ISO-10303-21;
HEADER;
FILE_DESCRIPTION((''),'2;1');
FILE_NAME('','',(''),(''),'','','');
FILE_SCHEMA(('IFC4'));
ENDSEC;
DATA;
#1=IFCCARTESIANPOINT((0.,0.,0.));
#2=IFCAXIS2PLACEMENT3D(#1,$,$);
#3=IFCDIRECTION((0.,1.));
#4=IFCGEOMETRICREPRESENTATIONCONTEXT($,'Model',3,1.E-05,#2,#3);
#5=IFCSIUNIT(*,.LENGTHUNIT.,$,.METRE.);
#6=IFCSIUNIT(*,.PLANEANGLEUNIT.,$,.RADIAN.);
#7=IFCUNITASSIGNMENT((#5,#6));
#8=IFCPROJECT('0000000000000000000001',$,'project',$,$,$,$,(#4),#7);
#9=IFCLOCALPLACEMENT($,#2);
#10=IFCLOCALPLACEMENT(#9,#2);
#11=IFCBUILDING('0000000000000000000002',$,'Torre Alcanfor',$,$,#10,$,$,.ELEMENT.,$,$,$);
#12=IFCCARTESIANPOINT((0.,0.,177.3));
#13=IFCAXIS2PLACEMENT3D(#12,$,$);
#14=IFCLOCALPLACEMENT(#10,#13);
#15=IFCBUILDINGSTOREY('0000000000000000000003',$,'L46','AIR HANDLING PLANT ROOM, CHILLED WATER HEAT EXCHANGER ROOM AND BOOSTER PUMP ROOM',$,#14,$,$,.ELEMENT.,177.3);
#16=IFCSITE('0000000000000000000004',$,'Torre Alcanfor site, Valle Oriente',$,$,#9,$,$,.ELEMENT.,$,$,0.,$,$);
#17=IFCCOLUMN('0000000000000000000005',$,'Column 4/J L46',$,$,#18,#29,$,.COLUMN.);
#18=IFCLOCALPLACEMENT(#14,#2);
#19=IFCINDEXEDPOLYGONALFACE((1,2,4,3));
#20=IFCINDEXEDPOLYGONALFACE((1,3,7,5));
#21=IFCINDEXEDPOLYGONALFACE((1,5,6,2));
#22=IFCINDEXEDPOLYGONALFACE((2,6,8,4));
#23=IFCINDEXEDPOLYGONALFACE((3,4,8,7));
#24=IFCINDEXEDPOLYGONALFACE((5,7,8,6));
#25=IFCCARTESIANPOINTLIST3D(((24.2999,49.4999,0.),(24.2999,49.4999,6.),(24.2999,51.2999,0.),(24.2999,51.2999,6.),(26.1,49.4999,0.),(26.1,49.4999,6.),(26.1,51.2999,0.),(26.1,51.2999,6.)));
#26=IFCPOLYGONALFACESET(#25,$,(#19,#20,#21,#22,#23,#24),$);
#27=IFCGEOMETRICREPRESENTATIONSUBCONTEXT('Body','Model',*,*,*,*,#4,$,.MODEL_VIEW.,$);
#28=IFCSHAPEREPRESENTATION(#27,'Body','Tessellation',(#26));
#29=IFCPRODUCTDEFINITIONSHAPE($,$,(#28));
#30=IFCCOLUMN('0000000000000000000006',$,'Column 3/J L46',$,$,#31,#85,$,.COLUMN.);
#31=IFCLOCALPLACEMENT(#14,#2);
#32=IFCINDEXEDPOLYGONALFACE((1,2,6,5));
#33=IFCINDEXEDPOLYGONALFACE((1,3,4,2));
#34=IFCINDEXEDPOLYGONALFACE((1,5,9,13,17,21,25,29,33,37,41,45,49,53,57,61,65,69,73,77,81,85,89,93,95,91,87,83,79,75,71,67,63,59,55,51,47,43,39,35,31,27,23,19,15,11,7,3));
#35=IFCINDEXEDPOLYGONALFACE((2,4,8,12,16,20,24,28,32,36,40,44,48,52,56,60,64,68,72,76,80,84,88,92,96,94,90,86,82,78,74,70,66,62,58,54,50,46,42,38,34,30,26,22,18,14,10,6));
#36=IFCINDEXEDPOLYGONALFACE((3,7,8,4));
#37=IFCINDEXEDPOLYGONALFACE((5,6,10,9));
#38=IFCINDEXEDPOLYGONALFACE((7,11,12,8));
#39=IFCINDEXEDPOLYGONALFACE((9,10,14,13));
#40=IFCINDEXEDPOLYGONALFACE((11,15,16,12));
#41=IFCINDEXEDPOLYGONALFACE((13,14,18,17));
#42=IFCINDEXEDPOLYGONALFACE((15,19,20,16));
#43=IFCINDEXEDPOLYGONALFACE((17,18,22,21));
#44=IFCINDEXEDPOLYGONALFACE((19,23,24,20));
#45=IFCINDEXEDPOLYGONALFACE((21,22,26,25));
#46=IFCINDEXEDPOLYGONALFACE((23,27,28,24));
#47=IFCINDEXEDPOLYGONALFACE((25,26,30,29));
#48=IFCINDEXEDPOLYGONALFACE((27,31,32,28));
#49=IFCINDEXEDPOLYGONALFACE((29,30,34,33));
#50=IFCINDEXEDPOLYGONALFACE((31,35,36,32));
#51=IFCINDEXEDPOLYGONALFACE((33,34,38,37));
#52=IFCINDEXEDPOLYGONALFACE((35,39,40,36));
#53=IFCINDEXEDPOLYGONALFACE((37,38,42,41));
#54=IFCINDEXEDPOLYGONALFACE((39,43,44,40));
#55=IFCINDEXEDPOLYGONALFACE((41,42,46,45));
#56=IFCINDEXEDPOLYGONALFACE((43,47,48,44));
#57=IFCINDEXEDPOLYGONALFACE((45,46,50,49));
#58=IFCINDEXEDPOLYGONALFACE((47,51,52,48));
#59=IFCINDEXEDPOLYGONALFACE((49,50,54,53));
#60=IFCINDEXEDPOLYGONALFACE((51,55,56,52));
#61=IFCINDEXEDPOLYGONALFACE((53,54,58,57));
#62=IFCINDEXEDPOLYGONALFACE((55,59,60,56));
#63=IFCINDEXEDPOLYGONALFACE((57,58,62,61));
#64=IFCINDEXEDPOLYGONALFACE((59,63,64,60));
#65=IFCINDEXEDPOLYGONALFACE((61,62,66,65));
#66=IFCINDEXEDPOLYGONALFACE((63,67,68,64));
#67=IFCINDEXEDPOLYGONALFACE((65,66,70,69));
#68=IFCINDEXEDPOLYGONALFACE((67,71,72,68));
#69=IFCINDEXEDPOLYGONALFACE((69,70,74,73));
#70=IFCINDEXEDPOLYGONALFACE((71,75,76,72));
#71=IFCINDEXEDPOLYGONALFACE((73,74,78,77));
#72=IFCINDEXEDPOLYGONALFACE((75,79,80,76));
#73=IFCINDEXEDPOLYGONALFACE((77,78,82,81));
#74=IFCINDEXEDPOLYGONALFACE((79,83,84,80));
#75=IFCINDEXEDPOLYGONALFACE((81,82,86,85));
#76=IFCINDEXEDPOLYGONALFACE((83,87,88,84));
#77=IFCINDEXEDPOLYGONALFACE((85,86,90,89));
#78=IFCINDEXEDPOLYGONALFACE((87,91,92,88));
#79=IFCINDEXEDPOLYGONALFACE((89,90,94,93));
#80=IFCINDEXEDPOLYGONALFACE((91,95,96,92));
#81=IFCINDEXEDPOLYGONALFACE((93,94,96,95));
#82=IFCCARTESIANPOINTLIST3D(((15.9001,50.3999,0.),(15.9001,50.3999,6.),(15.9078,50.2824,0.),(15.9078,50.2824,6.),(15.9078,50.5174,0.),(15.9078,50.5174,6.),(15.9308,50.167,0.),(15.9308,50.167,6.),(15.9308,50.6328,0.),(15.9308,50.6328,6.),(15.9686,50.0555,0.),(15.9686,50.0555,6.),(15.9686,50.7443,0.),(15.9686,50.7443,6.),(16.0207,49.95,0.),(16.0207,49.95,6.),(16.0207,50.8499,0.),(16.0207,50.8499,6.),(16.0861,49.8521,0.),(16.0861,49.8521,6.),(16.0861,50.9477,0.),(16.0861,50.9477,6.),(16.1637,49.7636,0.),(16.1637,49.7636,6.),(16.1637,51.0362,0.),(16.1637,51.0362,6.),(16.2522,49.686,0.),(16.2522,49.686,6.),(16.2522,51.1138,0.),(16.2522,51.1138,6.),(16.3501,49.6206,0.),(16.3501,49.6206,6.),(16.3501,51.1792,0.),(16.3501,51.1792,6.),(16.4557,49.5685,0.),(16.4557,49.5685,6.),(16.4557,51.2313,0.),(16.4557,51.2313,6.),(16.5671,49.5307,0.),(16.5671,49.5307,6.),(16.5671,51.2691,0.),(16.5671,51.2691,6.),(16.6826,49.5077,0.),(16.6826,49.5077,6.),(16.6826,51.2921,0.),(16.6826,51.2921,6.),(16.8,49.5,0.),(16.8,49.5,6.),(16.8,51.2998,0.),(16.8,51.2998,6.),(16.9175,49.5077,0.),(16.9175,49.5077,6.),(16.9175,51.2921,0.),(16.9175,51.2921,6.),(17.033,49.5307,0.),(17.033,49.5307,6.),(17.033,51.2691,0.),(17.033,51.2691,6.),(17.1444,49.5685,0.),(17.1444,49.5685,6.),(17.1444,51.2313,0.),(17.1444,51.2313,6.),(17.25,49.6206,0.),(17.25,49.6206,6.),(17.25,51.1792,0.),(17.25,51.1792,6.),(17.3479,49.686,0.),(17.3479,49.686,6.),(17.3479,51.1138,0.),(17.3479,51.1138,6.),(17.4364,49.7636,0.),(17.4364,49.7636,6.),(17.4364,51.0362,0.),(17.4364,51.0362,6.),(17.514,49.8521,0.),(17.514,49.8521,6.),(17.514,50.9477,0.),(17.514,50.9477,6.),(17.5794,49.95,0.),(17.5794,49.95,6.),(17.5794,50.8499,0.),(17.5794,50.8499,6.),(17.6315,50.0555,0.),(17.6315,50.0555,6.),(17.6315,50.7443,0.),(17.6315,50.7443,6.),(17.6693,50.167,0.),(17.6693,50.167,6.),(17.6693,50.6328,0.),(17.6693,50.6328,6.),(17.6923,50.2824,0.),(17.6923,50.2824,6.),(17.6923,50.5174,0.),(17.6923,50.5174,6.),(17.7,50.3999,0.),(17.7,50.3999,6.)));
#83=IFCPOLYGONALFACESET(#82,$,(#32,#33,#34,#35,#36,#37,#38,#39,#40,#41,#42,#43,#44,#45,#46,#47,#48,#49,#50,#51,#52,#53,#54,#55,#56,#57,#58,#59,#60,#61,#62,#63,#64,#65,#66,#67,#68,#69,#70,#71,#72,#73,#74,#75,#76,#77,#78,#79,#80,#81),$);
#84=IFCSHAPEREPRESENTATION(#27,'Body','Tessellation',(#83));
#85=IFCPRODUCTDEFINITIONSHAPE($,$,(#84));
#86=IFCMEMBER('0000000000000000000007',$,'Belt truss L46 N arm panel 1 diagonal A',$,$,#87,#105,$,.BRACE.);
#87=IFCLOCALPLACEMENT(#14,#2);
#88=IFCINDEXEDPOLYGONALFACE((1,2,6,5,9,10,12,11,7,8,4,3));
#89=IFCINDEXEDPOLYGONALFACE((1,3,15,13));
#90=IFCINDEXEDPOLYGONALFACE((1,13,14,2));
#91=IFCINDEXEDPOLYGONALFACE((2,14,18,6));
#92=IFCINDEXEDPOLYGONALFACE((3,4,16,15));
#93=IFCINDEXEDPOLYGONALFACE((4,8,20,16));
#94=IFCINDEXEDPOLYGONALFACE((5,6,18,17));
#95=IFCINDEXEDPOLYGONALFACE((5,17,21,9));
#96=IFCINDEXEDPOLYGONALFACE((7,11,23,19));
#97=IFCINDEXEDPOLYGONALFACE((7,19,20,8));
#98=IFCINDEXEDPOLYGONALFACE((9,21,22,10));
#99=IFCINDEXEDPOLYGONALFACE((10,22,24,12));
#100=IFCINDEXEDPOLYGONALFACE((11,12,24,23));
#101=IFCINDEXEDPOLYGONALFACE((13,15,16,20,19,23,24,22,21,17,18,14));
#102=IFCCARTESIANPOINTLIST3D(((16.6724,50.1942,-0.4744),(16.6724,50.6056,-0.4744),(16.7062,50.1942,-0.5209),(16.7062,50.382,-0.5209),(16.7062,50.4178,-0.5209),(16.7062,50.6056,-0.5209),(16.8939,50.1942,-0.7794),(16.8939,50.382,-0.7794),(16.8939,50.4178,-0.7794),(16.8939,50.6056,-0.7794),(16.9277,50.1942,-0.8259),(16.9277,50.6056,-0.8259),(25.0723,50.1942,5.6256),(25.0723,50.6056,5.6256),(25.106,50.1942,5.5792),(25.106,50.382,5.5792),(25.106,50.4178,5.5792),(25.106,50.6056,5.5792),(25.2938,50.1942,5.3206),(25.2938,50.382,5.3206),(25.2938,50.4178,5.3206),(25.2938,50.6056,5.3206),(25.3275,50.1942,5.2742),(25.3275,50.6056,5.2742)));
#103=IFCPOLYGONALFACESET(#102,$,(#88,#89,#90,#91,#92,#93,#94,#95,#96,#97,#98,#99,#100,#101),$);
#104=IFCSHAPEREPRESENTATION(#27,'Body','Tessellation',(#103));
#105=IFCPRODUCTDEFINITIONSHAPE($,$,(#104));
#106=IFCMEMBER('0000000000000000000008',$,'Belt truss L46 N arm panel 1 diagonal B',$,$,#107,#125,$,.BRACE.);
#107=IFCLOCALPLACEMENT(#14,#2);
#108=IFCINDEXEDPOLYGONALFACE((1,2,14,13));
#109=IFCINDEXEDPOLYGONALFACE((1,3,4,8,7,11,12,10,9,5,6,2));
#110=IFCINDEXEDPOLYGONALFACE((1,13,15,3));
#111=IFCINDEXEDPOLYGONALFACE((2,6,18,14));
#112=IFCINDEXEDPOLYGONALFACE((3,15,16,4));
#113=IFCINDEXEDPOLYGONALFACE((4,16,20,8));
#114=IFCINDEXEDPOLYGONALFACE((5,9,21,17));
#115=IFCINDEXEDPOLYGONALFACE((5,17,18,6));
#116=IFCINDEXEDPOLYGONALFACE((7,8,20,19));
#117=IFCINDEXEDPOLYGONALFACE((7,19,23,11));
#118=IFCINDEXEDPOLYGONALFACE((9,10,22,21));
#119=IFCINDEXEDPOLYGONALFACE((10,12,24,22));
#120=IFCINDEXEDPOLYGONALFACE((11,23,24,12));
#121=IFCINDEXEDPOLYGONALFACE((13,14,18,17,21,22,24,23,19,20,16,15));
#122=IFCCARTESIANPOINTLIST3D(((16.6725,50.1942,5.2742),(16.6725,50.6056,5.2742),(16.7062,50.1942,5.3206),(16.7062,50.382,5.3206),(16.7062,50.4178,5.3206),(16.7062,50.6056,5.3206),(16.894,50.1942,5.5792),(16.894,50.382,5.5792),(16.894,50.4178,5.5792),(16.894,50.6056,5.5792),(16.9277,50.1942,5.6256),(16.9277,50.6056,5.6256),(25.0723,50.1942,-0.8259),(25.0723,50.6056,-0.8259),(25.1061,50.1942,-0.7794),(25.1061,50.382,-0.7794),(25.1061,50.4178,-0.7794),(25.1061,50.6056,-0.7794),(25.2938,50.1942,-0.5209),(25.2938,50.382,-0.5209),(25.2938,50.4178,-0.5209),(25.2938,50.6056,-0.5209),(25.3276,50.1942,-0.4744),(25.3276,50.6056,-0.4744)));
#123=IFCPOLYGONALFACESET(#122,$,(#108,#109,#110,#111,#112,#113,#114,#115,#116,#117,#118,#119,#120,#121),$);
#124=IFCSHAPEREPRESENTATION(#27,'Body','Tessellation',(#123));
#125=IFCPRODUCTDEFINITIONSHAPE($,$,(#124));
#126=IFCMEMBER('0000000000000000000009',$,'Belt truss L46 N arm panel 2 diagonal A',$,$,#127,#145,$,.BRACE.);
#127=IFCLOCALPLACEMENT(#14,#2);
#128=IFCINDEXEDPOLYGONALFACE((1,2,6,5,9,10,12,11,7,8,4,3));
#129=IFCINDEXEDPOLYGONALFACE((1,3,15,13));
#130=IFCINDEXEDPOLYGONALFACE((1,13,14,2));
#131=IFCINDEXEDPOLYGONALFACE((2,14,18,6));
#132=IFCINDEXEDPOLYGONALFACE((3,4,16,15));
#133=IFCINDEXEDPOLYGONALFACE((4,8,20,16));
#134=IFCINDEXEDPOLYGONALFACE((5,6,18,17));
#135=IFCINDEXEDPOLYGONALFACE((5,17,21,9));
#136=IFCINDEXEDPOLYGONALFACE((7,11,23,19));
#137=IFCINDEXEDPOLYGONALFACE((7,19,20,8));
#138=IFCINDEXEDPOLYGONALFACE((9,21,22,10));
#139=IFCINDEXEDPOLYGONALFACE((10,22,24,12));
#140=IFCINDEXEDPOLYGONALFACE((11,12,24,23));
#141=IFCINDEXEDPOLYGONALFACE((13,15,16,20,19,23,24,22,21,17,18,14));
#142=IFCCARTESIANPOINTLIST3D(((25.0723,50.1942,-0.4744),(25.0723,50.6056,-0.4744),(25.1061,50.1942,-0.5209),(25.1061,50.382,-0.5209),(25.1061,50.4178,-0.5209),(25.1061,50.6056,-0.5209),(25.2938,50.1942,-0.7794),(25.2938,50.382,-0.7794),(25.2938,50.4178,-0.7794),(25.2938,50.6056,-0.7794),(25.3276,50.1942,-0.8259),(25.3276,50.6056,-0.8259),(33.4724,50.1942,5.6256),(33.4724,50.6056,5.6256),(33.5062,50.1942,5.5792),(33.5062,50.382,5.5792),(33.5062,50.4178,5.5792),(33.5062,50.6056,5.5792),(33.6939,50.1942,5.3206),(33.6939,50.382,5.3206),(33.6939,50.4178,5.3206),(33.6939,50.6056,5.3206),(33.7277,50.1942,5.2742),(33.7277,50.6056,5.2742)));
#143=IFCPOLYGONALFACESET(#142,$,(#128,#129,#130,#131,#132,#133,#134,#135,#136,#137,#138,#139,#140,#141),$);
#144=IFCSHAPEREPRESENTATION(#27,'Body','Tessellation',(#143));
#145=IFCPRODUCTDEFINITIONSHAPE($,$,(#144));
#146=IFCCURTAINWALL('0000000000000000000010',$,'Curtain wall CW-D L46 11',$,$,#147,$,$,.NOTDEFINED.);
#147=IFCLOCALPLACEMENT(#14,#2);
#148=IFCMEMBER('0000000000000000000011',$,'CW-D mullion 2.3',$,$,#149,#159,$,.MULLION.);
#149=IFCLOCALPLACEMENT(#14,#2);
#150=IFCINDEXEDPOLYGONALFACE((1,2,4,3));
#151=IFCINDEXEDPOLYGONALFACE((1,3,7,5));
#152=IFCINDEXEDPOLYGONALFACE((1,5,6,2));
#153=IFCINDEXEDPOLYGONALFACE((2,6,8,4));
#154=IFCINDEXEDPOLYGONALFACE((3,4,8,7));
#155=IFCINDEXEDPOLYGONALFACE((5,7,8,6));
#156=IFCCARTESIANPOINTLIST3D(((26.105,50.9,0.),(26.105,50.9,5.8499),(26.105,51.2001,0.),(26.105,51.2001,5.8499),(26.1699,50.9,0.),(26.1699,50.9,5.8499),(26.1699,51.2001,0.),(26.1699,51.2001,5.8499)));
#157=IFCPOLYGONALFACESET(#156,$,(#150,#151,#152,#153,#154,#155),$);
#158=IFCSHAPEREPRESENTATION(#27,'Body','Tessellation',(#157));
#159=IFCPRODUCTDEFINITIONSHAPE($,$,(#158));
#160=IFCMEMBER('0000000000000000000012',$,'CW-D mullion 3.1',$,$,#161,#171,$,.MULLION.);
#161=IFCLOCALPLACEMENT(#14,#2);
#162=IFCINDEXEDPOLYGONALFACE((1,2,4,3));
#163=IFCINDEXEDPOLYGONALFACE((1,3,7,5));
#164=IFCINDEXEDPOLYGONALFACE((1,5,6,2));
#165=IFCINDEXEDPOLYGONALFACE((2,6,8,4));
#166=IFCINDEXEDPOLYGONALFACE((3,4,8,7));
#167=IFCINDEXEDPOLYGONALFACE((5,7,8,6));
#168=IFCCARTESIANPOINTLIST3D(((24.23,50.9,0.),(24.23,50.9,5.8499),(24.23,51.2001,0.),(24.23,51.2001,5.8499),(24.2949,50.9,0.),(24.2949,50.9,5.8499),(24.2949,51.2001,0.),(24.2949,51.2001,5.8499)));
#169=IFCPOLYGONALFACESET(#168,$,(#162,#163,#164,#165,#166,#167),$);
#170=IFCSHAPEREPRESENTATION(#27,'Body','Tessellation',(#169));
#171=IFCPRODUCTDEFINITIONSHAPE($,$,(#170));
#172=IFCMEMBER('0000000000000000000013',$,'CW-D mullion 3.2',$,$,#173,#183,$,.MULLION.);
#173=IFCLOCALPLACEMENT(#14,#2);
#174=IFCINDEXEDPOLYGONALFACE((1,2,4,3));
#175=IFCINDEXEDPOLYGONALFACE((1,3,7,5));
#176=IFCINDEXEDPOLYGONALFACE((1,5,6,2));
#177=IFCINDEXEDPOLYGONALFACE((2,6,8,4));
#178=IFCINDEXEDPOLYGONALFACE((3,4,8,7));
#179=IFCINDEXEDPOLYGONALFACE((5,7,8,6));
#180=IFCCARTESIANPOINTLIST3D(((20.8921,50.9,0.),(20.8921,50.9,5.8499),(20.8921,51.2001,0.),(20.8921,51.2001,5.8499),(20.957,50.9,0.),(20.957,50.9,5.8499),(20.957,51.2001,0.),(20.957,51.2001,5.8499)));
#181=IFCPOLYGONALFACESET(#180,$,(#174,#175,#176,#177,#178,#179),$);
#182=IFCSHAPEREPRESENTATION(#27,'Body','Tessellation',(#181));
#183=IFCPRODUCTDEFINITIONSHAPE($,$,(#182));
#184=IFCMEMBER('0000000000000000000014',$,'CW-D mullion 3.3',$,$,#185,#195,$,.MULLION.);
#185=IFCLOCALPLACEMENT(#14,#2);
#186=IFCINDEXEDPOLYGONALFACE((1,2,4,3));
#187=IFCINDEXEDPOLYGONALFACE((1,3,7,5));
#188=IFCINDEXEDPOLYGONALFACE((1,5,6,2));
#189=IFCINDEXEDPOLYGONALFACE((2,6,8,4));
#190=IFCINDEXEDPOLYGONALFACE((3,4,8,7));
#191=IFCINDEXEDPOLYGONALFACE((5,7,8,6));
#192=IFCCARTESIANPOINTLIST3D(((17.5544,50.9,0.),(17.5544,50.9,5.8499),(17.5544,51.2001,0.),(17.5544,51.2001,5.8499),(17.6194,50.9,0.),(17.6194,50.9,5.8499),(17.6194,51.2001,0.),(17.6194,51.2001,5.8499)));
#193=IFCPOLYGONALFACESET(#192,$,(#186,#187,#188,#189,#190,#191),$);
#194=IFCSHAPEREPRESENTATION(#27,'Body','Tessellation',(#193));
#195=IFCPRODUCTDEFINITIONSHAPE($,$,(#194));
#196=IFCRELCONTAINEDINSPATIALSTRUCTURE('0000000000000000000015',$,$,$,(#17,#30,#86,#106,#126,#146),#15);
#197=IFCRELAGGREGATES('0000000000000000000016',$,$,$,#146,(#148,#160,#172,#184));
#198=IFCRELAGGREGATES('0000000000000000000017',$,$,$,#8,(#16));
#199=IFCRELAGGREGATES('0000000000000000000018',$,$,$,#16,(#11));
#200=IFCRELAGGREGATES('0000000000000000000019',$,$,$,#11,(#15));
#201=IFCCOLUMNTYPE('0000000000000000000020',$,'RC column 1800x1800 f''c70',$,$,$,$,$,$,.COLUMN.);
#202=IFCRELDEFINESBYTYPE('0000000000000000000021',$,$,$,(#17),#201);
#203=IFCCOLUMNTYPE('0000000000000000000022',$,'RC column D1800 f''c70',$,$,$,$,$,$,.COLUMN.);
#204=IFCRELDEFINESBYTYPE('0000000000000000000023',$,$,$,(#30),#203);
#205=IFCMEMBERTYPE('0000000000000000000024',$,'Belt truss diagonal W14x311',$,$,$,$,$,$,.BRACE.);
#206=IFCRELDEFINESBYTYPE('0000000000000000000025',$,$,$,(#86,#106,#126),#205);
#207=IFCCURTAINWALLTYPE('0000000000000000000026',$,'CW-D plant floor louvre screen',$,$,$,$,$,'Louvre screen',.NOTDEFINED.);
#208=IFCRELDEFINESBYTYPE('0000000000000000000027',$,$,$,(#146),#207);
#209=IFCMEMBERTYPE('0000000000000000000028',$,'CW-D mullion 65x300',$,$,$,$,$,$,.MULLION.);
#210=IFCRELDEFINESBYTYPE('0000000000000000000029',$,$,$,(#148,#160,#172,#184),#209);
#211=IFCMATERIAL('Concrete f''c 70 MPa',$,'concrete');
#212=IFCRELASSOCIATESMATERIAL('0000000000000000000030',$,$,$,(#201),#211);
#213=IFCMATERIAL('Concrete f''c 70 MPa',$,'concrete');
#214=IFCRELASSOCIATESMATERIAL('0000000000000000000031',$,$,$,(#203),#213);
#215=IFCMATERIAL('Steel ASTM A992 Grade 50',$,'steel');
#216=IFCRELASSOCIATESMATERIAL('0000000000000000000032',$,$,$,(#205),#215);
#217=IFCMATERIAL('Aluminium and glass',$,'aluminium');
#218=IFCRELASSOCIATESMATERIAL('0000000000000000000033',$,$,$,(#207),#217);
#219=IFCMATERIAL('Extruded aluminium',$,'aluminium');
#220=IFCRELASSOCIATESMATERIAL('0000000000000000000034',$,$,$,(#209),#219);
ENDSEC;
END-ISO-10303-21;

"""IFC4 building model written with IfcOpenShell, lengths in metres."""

from ifc_helpers import new_model, si_unit, direction, frame, origin, origin_2d, place, context, subcontext, project, spatial, rectangle, circle, i_section, extrude, material, material_profile, profile_set, type_object, element, aggregate, save


model = new_model("IFC4")

# Units and contexts
model_context = context("Model", 3, precision=1e-05, world=origin(), true_north=direction((0.0, 1.0)))
body_context = subcontext(model_context, "Body", "Model", "MODEL_VIEW")
ifc_project = project(units=[si_unit("LENGTHUNIT", "METRE"), si_unit("PLANEANGLEUNIT", "RADIAN")], contexts=[model_context])

# Site, building, storey
site_placement = place(None, origin())
site = spatial("IfcSite", under=ifc_project, at=site_placement, Name="Torre Alcanfor site, Valle Oriente", CompositionType="ELEMENT", RefElevation=0.0)
building_placement = place(site_placement, origin())
building = spatial("IfcBuilding", under=site, at=building_placement, Name="Torre Alcanfor", CompositionType="ELEMENT")
storey_placement = place(building_placement, frame((0.0, 0.0, 177.3)))
storey = spatial("IfcBuildingStorey", under=building, at=storey_placement, Name="L46", Description="AIR HANDLING PLANT ROOM, CHILLED WATER HEAT EXCHANGER ROOM AND BOOSTER PUMP ROOM", CompositionType="ELEMENT", Elevation=177.3)

# Columns
ifc_material_1 = material(Name="Concrete f'c 70 MPa", Category="concrete")
ifc_material_profile_1 = material_profile(ifc_material_1, rectangle(XDim=1.8, YDim=1.8, at=origin_2d()), Name="1800x1800")
ifc_profile_set_1 = profile_set([ifc_material_profile_1], Name="Concrete f'c 70 MPa")
column_type_1 = type_object("IfcColumnType", Name="RC column 1800x1800 f'c70", PredefinedType="COLUMN", material=ifc_profile_set_1)
column_1_placement = place(storey_placement, frame((25.2, 50.3999, 0.0), z_axis=(0.0, 0.0, 1.0), x_axis=(1.0, 0.0, 0.0)))
element("IfcColumn", 1, at=column_1_placement, inside=storey, type_object=column_type_1, Name="Column 4/J L46", PredefinedType="COLUMN", context=body_context, shape_type="SweptSolid", body=[
    extrude(rectangle(XDim=1.8, YDim=1.8, at=origin_2d()), origin(), (0.0, 0.0, 1.0), 6.0),
])
ifc_material_2 = material(Name="Concrete f'c 70 MPa", Category="concrete")
ifc_material_profile_2 = material_profile(ifc_material_2, circle(Radius=0.8999, at=origin_2d()), Name="D1800")
ifc_profile_set_2 = profile_set([ifc_material_profile_2], Name="Concrete f'c 70 MPa")
column_type_2 = type_object("IfcColumnType", Name="RC column D1800 f'c70", PredefinedType="COLUMN", material=ifc_profile_set_2)
column_2_placement = place(storey_placement, frame((16.8, 50.3999, 0.0), z_axis=(0.0, 0.0, 1.0), x_axis=(1.0, 0.0, 0.0)))
element("IfcColumn", 2, at=column_2_placement, inside=storey, type_object=column_type_2, Name="Column 3/J L46", PredefinedType="COLUMN", context=body_context, shape_type="SweptSolid", body=[
    extrude(circle(Radius=0.8999, at=origin_2d()), origin(), (0.0, 0.0, 1.0), 6.0),
])

# Members
ifc_material_3 = material(Name="Steel ASTM A992 Grade 50", Category="steel")
ifc_material_profile_3 = material_profile(ifc_material_3, i_section(OverallWidth=0.4114, OverallDepth=0.4343, WebThickness=0.0359, FlangeThickness=0.0574, at=origin_2d()), Name="W14x311")
ifc_profile_set_3 = profile_set([ifc_material_profile_3], Name="Steel ASTM A992 Grade 50")
member_type_1 = type_object("IfcMemberType", Name="Belt truss diagonal W14x311", PredefinedType="BRACE", material=ifc_profile_set_3)
for number, where, z_axis, x_axis, name in (
    (3, (16.8, 50.3999, -0.6501), (0.809145, 0.0, 0.587609), (0.0, 1.0, 0.0), "Belt truss L46 N arm panel 1 diagonal A"),
    (4, (25.2, 50.3999, -0.6501), (-0.809145, 0.0, 0.587609), (0.0, -1.0, 0.0), "Belt truss L46 N arm panel 1 diagonal B"),
):
    element("IfcMember", number, at=place(storey_placement, frame(where, z_axis=z_axis, x_axis=x_axis)), inside=storey, type_object=member_type_1, Name=name, PredefinedType="BRACE", context=body_context, shape_type="SweptSolid", body=[
        extrude(i_section(OverallWidth=0.4114, OverallDepth=0.4343, WebThickness=0.0359, FlangeThickness=0.0574, at=origin_2d()), origin(), (0.0, 0.0, 1.0), 10.3811),
    ])
member_1_placement = place(storey_placement, frame((25.2, 50.3999, -0.6501), z_axis=(0.809153, 0.0, 0.587598), x_axis=(0.0, 1.0, 0.0)))
element("IfcMember", 5, at=member_1_placement, inside=storey, type_object=member_type_1, Name="Belt truss L46 N arm panel 2 diagonal A", PredefinedType="BRACE", context=body_context, shape_type="SweptSolid", body=[
    extrude(i_section(OverallWidth=0.4114, OverallDepth=0.4343, WebThickness=0.0359, FlangeThickness=0.0574, at=origin_2d()), origin(), (0.0, 0.0, 1.0), 10.3813),
])

# Curtain wall, members
ifc_material_4 = material(Name="Aluminium and glass", Category="aluminium")
curtain_wall_type = type_object("IfcCurtainWallType", Name="CW-D plant floor louvre screen", ElementType="Louvre screen", PredefinedType="NOTDEFINED", material=ifc_material_4)
curtain_wall_placement = place(storey_placement, origin())
curtain_wall = element("IfcCurtainWall", 6, at=curtain_wall_placement, inside=storey, type_object=curtain_wall_type, Name="Curtain wall CW-D L46 11", PredefinedType="NOTDEFINED")
ifc_material_5 = material(Name="Extruded aluminium", Category="aluminium")
ifc_material_profile_4 = material_profile(ifc_material_5, rectangle(XDim=0.3, YDim=0.0649, at=origin_2d()), Name="CW-D mullion 65x300")
ifc_profile_set_4 = profile_set([ifc_material_profile_4], Name="Extruded aluminium")
member_type_2 = type_object("IfcMemberType", Name="CW-D mullion 65x300", PredefinedType="MULLION", material=ifc_profile_set_4)
member_2_placement = place(storey_placement, frame((26.1375, 51.05, 0.0), z_axis=(0.0, 0.0, 1.0), x_axis=(0.0, -1.0, 0.0)))
member_2 = element("IfcMember", 7, at=member_2_placement, type_object=member_type_2, Name="CW-D mullion 2.3", PredefinedType="MULLION", context=body_context, shape_type="SweptSolid", body=[
    extrude(rectangle(XDim=0.3, YDim=0.0649, at=origin_2d()), origin(), (0.0, 0.0, 1.0), 5.8499),
])
member_3_placement = place(storey_placement, frame((24.2625, 51.05, 0.0), z_axis=(0.0, 0.0, 1.0), x_axis=(0.0, -1.0, 0.0)))
member_3 = element("IfcMember", 8, at=member_3_placement, type_object=member_type_2, Name="CW-D mullion 3.1", PredefinedType="MULLION", context=body_context, shape_type="SweptSolid", body=[
    extrude(rectangle(XDim=0.3, YDim=0.0649, at=origin_2d()), origin(), (0.0, 0.0, 1.0), 5.8499),
])
member_4_placement = place(storey_placement, frame((20.9246, 51.05, 0.0), z_axis=(0.0, 0.0, 1.0), x_axis=(0.0, -1.0, 0.0)))
member_4 = element("IfcMember", 9, at=member_4_placement, type_object=member_type_2, Name="CW-D mullion 3.2", PredefinedType="MULLION", context=body_context, shape_type="SweptSolid", body=[
    extrude(rectangle(XDim=0.3, YDim=0.0649, at=origin_2d()), origin(), (0.0, 0.0, 1.0), 5.8499),
])
member_5_placement = place(storey_placement, frame((17.5869, 51.05, 0.0), z_axis=(0.0, 0.0, 1.0), x_axis=(0.0, -1.0, 0.0)))
member_5 = element("IfcMember", 10, at=member_5_placement, type_object=member_type_2, Name="CW-D mullion 3.3", PredefinedType="MULLION", context=body_context, shape_type="SweptSolid", body=[
    extrude(rectangle(XDim=0.3, YDim=0.0649, at=origin_2d()), origin(), (0.0, 0.0, 1.0), 5.8499),
])

aggregate(curtain_wall, [member_2, member_3, member_4, member_5])

save(model, "model.ifc")
